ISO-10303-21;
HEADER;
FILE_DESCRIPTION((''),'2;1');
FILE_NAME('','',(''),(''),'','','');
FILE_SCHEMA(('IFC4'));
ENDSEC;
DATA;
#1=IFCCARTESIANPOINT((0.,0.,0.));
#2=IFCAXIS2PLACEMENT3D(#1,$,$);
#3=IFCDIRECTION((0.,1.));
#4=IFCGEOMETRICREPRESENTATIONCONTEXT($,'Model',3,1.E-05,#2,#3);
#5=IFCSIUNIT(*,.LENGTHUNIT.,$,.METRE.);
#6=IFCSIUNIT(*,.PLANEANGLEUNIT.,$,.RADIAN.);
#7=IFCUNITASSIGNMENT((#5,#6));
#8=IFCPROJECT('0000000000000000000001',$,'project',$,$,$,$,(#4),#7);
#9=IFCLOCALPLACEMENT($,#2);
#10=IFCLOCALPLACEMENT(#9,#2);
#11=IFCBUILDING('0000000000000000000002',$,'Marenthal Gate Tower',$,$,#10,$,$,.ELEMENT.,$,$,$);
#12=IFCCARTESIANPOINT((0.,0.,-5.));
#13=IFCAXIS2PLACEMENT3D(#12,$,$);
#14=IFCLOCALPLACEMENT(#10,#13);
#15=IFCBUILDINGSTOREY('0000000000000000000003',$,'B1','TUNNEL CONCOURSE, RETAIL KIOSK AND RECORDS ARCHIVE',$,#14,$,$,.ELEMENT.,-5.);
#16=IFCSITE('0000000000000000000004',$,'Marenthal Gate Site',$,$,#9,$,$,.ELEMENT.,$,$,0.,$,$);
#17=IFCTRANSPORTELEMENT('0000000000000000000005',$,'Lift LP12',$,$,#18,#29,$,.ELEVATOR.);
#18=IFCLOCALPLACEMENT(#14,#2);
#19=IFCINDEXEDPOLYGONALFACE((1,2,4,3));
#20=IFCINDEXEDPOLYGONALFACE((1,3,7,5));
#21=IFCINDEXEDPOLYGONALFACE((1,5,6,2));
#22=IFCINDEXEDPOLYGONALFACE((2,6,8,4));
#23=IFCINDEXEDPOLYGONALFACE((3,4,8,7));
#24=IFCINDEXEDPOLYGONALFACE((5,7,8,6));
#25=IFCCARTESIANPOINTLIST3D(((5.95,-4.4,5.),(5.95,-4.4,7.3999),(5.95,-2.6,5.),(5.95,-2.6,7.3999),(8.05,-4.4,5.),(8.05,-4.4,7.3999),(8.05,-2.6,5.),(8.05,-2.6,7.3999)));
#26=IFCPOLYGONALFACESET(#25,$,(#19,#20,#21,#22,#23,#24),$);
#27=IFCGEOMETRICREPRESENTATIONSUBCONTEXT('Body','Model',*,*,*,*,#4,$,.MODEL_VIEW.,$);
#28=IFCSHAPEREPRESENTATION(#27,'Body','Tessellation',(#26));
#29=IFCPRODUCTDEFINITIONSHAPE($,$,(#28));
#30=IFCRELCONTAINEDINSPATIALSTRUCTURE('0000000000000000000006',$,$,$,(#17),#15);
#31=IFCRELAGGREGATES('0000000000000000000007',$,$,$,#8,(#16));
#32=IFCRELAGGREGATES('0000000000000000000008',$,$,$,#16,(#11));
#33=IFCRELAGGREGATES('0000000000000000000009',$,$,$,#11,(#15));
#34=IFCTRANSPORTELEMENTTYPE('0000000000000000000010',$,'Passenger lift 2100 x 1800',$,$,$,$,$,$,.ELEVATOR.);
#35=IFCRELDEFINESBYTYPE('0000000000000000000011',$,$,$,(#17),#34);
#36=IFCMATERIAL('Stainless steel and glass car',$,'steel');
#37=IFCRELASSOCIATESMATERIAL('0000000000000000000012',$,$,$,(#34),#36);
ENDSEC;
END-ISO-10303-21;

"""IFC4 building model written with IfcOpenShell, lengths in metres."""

from ifc_helpers import new_model, si_unit, direction, frame, origin, origin_2d, place, context, subcontext, project, spatial, rectangle, extrude, material, type_object, element, save


model = new_model("IFC4")

# Units and contexts
model_context = context("Model", 3, precision=1e-05, world=origin(), true_north=direction((0.0, 1.0)))
body_context = subcontext(model_context, "Body", "Model", "MODEL_VIEW")
ifc_project = project(units=[si_unit("LENGTHUNIT", "METRE"), si_unit("PLANEANGLEUNIT", "RADIAN")], contexts=[model_context])

# Site, building, storey
site_placement = place(None, origin())
site = spatial("IfcSite", under=ifc_project, at=site_placement, Name="Marenthal Gate Site", CompositionType="ELEMENT", RefElevation=0.0)
building_placement = place(site_placement, origin())
building = spatial("IfcBuilding", under=site, at=building_placement, Name="Marenthal Gate Tower", CompositionType="ELEMENT")
storey_placement = place(building_placement, frame((0.0, 0.0, -5.0)))
storey = spatial("IfcBuildingStorey", under=building, at=storey_placement, Name="B1", Description="TUNNEL CONCOURSE, RETAIL KIOSK AND RECORDS ARCHIVE", CompositionType="ELEMENT", Elevation=-5.0)

# Transport element
ifc_material_1 = material(Name="Stainless steel and glass car", Category="steel")
transport_element_type = type_object("IfcTransportElementType", Name="Passenger lift 2100 x 1800", PredefinedType="ELEVATOR", material=ifc_material_1)
for number, where, z_axis, x_axis, name in (
    (1, (7.0, -3.5, 5.0), (0.0, 0.0, 1.0), (1.0, 0.0, 0.0), "Lift LP12"),
):
    element("IfcTransportElement", number, at=place(storey_placement, frame(where, z_axis=z_axis, x_axis=x_axis)), inside=storey, type_object=transport_element_type, Name=name, PredefinedType="ELEVATOR", context=body_context, shape_type="SweptSolid", body=[
        extrude(rectangle(XDim=2.1001, YDim=1.8, at=origin_2d()), origin(), (0.0, 0.0, 1.0), 2.3999),
    ])

save(model, "model.ifc")
